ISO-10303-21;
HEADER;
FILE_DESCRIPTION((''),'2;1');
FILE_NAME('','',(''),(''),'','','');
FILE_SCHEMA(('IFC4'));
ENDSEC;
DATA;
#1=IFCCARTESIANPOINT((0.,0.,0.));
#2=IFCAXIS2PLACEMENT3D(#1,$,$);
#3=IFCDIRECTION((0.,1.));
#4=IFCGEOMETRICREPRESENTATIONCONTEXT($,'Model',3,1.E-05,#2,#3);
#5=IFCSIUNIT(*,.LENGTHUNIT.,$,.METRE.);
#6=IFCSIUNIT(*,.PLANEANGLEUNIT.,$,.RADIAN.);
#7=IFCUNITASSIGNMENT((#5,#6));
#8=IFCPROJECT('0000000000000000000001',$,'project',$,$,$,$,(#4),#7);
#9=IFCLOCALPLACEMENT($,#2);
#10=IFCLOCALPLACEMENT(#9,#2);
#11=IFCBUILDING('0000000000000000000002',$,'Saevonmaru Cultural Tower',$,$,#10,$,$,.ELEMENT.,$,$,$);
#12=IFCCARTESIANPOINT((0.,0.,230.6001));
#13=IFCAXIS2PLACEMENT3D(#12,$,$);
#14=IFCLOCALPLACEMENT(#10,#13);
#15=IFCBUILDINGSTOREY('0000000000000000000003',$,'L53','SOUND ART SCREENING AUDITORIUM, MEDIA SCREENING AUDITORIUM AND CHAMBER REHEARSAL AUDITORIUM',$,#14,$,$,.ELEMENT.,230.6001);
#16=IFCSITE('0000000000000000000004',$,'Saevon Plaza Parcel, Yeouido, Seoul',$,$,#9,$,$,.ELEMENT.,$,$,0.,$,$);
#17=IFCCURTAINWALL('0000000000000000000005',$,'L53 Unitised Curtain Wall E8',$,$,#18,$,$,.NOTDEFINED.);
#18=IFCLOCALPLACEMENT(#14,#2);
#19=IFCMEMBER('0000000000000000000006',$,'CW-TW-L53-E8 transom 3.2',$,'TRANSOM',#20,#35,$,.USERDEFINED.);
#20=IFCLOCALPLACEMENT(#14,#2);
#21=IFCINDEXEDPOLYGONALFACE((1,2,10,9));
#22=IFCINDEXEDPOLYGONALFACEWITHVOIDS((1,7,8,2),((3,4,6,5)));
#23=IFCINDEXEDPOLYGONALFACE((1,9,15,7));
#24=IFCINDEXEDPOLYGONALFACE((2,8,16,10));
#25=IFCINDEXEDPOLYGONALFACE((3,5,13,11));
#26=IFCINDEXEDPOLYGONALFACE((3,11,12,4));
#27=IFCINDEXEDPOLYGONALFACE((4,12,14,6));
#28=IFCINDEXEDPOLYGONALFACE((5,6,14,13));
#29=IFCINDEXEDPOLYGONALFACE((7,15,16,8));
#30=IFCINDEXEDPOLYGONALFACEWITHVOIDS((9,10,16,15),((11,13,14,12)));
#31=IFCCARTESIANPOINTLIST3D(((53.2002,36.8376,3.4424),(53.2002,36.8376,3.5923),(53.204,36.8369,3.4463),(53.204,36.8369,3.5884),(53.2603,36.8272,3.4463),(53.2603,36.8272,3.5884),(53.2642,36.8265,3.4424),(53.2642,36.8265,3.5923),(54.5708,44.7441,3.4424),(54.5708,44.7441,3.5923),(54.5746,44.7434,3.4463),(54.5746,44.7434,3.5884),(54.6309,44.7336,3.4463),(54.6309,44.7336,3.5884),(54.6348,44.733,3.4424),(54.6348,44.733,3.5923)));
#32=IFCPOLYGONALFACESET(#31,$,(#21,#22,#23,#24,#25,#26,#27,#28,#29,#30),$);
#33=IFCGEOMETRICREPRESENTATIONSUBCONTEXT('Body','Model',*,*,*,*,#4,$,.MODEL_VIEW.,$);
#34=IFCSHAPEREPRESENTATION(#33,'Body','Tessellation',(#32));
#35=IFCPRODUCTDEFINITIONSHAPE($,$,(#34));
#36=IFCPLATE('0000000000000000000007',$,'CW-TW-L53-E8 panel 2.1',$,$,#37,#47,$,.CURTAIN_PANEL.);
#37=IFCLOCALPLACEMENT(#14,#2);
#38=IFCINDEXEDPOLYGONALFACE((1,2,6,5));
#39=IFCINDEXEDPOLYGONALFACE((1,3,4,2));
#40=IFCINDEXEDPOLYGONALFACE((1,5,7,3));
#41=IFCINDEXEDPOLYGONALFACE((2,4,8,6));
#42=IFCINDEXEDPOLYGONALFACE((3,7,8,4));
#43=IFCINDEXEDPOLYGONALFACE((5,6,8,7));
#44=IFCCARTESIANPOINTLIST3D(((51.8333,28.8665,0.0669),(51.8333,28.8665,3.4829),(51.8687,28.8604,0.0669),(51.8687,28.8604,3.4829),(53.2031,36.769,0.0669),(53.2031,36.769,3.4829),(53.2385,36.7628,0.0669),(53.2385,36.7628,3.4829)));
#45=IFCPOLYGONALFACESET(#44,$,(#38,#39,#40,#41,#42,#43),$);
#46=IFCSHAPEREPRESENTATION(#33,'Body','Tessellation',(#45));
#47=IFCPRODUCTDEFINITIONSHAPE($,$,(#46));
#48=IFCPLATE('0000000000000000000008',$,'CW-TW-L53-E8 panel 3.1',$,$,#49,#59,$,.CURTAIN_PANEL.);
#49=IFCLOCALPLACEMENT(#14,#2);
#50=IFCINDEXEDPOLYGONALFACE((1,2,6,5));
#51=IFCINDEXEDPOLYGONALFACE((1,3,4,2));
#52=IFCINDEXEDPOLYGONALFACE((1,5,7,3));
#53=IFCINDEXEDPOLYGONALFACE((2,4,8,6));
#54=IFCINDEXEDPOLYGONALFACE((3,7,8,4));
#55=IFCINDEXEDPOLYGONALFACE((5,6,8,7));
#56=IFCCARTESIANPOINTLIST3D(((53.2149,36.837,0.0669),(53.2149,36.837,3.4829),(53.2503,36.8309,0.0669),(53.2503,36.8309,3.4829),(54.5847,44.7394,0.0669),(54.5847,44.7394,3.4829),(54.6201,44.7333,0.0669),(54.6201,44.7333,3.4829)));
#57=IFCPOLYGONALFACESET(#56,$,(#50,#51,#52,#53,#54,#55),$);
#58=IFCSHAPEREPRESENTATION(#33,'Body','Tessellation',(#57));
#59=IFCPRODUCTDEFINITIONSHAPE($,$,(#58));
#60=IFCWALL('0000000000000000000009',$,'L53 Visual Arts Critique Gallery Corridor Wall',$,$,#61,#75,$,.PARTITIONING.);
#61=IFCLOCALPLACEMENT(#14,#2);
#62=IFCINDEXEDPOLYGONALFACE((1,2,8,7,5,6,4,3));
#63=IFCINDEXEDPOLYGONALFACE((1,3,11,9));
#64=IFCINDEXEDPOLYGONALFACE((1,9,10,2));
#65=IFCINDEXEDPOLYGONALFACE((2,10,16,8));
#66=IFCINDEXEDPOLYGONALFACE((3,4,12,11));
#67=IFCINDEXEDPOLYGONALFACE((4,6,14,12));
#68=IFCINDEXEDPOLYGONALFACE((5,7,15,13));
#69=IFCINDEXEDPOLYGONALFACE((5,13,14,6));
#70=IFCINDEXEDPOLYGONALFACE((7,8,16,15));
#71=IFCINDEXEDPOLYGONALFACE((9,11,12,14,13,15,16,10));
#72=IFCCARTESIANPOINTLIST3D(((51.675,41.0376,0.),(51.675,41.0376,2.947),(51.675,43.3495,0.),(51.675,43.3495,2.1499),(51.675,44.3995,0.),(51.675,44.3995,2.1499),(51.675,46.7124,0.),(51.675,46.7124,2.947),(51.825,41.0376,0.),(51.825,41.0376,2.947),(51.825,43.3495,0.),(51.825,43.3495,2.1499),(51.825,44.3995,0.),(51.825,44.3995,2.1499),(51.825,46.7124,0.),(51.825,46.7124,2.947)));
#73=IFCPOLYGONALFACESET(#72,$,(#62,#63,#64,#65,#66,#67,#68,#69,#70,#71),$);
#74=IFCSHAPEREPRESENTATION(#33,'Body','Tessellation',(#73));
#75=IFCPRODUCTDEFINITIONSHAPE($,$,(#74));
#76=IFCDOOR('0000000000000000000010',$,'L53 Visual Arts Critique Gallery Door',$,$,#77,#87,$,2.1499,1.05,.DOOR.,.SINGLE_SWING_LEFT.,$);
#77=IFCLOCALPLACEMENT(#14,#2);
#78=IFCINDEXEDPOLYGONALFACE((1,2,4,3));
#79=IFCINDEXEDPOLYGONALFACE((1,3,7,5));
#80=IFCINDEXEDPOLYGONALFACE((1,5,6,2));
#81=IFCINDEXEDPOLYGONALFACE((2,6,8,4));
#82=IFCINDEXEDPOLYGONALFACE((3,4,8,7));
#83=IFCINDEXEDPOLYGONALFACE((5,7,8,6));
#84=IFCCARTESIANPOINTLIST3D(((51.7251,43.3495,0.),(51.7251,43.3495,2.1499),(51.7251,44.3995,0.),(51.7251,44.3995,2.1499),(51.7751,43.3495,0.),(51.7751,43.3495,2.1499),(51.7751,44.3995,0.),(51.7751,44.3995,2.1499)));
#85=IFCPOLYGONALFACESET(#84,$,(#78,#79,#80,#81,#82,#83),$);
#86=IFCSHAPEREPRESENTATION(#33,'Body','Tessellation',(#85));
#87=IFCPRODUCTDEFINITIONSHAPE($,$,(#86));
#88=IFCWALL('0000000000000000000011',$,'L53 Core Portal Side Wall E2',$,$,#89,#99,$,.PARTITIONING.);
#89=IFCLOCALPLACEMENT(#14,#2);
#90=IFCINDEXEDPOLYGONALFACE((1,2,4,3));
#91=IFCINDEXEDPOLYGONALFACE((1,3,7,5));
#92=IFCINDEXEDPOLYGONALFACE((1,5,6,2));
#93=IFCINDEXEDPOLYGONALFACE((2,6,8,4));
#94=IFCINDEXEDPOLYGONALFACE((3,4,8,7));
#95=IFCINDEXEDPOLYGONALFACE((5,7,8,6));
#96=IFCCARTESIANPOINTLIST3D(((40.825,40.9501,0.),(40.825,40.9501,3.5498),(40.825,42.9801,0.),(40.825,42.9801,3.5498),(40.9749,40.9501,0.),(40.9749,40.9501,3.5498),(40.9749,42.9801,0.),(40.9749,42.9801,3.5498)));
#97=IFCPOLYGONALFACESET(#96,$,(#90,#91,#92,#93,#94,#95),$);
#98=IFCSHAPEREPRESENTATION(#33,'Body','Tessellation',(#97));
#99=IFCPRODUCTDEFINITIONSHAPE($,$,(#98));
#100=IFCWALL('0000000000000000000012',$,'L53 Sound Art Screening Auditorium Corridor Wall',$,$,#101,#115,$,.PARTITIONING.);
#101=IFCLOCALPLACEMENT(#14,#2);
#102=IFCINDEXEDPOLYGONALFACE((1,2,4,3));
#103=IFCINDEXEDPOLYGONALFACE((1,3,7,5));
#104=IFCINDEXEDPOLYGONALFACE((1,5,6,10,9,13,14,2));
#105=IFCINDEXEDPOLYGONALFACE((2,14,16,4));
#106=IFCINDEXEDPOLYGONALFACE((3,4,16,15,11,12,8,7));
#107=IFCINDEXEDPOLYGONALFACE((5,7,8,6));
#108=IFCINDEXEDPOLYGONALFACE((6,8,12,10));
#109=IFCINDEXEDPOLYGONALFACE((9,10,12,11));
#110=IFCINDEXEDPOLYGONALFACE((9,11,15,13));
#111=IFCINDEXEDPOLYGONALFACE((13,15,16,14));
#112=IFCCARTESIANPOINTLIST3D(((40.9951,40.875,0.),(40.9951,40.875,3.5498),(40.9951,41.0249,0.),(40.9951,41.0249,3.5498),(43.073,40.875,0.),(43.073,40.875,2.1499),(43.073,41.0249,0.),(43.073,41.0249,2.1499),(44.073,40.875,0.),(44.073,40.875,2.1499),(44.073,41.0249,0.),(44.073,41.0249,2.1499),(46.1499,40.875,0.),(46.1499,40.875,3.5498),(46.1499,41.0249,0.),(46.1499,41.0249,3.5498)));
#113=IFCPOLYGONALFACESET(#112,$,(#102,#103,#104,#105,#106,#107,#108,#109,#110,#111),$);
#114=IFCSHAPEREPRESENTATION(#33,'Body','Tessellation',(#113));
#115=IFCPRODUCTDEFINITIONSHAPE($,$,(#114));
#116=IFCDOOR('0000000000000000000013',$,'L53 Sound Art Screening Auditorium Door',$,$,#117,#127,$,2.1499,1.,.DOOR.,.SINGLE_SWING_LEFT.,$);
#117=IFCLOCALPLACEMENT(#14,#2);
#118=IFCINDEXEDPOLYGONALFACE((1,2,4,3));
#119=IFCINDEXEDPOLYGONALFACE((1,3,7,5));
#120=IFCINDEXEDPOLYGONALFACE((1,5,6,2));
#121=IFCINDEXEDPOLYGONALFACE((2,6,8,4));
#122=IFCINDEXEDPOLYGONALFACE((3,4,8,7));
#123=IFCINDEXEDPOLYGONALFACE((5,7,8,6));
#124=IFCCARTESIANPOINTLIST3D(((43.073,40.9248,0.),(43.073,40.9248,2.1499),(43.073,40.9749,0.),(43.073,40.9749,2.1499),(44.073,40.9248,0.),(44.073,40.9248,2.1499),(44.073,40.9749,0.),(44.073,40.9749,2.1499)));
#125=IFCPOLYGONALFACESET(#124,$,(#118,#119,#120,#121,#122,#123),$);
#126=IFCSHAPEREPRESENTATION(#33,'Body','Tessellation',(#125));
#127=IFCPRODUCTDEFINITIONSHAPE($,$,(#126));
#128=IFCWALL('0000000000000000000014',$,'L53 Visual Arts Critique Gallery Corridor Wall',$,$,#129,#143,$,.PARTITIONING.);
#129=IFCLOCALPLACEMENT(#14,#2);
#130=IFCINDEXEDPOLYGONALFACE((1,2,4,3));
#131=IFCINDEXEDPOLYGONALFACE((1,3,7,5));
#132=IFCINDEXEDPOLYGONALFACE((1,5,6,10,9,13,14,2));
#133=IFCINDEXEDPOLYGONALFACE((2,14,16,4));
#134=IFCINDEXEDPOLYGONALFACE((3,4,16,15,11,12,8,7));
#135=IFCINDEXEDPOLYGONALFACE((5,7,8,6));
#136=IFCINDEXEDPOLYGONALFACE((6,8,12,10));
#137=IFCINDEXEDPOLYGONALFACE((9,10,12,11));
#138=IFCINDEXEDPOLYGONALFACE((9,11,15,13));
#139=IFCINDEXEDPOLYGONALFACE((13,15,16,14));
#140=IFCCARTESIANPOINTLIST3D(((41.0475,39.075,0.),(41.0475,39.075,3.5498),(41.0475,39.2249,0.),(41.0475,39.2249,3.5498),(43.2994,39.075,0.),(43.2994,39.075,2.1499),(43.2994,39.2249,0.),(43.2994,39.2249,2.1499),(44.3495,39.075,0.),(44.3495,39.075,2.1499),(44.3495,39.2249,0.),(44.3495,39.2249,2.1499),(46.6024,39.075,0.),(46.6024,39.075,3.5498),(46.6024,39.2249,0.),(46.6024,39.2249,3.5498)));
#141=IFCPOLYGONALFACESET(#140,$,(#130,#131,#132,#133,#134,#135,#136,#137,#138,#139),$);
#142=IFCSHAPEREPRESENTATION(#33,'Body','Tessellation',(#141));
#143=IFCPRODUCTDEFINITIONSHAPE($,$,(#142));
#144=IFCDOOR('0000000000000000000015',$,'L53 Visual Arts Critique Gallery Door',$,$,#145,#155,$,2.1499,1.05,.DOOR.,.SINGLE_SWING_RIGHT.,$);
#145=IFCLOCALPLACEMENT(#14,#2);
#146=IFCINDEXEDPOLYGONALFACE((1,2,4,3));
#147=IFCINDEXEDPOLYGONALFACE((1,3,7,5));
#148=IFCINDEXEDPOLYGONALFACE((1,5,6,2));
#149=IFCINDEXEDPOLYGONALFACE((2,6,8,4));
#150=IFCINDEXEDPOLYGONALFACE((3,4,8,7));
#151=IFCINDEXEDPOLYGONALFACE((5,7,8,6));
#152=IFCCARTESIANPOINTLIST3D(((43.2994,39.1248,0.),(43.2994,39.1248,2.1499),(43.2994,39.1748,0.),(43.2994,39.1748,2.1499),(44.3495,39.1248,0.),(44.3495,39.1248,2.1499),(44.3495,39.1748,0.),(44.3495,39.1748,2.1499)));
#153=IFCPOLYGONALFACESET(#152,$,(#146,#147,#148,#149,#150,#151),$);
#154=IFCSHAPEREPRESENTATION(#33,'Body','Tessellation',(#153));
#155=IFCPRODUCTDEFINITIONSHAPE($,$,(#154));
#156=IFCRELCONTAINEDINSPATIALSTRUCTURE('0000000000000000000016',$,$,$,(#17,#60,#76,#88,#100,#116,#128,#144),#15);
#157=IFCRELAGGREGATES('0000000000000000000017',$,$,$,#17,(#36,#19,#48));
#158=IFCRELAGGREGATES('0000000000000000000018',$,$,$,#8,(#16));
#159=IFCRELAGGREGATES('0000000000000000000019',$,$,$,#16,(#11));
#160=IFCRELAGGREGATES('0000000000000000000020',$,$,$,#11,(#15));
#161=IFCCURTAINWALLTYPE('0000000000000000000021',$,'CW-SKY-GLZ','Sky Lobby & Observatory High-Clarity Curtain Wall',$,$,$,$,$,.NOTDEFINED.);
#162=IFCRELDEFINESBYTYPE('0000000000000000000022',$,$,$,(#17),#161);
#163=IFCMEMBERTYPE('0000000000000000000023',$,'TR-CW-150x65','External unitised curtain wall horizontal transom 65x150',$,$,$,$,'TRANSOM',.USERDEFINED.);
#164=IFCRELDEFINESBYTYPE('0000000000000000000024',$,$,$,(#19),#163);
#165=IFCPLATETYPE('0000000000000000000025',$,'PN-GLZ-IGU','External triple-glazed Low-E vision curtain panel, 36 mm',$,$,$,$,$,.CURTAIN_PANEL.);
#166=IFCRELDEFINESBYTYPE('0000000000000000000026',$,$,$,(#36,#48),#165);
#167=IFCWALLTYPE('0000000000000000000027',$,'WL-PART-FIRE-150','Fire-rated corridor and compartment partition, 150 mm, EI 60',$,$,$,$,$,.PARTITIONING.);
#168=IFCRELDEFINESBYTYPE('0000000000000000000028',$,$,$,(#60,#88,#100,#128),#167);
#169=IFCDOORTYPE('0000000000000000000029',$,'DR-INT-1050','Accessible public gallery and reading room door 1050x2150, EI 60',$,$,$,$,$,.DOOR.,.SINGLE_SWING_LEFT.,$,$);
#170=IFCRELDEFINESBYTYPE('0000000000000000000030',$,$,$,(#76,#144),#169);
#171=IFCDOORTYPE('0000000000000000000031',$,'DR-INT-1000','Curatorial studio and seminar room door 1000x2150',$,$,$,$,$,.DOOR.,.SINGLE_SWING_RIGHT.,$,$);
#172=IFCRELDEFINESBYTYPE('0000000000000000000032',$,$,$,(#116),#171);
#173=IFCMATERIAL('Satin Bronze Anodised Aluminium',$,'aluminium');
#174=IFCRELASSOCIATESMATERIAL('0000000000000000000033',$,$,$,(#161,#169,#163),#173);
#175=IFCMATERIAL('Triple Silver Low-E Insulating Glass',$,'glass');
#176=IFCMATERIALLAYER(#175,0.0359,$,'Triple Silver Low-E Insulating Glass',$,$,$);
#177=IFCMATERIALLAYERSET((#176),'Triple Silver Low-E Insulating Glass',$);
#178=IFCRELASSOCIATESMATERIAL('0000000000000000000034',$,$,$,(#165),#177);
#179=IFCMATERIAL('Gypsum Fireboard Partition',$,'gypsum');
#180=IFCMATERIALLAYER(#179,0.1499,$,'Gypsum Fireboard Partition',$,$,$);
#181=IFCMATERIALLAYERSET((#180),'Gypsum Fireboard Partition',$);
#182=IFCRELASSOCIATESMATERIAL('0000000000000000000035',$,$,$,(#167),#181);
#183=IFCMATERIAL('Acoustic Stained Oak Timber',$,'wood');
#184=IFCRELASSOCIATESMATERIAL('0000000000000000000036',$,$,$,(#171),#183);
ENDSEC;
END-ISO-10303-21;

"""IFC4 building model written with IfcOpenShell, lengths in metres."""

from ifc_helpers import new_model, si_unit, direction, frame, frame_2d, origin, origin_2d, place, context, subcontext, project, spatial, rectangle, hollow_rectangle, extrude, material, layer, layer_set, material_profile, profile_set, type_object, element, fill, aggregate, save


model = new_model("IFC4")

# Units and contexts
model_context = context("Model", 3, precision=1e-05, world=origin(), true_north=direction((0.0, 1.0)))
body_context = subcontext(model_context, "Body", "Model", "MODEL_VIEW")
ifc_project = project(units=[si_unit("LENGTHUNIT", "METRE"), si_unit("PLANEANGLEUNIT", "RADIAN")], contexts=[model_context])

# Site, building, storey
site_placement = place(None, origin())
site = spatial("IfcSite", under=ifc_project, at=site_placement, Name="Saevon Plaza Parcel, Yeouido, Seoul", CompositionType="ELEMENT", RefElevation=0.0)
building_placement = place(site_placement, origin())
building = spatial("IfcBuilding", under=site, at=building_placement, Name="Saevonmaru Cultural Tower", CompositionType="ELEMENT")
storey_placement = place(building_placement, frame((0.0, 0.0, 230.6001)))
storey = spatial("IfcBuildingStorey", under=building, at=storey_placement, Name="L53", Description="SOUND ART SCREENING AUDITORIUM, MEDIA SCREENING AUDITORIUM AND CHAMBER REHEARSAL AUDITORIUM", CompositionType="ELEMENT", Elevation=230.6001)

# Curtain wall, member, plates
ifc_material_1 = material(Name="Satin Bronze Anodised Aluminium", Category="aluminium")
curtain_wall_type = type_object("IfcCurtainWallType", Name="CW-SKY-GLZ", Description="Sky Lobby & Observatory High-Clarity Curtain Wall", PredefinedType="NOTDEFINED", material=ifc_material_1)
curtain_wall_placement = place(storey_placement, origin())
curtain_wall = element("IfcCurtainWall", 1, at=curtain_wall_placement, inside=storey, type_object=curtain_wall_type, Name="L53 Unitised Curtain Wall E8", PredefinedType="NOTDEFINED")
ifc_material_profile_1 = material_profile(ifc_material_1, hollow_rectangle(XDim=0.0649, YDim=0.1499, WallThickness=0.0039, at=origin_2d()), Name="ALU-TRAN-150x65x4")
ifc_profile_set_1 = profile_set([ifc_material_profile_1], Name="Satin Bronze Anodised Aluminium")
member_type_1 = type_object("IfcMemberType", Name="TR-CW-150x65", Description="External unitised curtain wall horizontal transom 65x150", ElementType="TRANSOM", PredefinedType="USERDEFINED", material=ifc_profile_set_1)
member_1_placement = place(storey_placement, frame((53.2322, 36.832, 3.5173), z_axis=(0.170804, 0.985305, 0.0), x_axis=(-0.985305, 0.170804, 0.0)))
member_1 = element("IfcMember", 2, at=member_1_placement, type_object=member_type_1, Name="CW-TW-L53-E8 transom 3.2", ObjectType="TRANSOM", PredefinedType="USERDEFINED", context=body_context, shape_type="SweptSolid", body=[
    extrude(hollow_rectangle(XDim=0.0649, YDim=0.1499, WallThickness=0.0039, at=origin_2d()), origin(), (0.0, 0.0, 1.0), 8.0244),
])
ifc_material_2 = material(Name="Triple Silver Low-E Insulating Glass", Category="glass")
ifc_layer_1 = layer(ifc_material_2, 0.0359, Name="Triple Silver Low-E Insulating Glass")
ifc_layer_set_1 = layer_set([ifc_layer_1], Name="Triple Silver Low-E Insulating Glass")
plate_type = type_object("IfcPlateType", Name="PN-GLZ-IGU", Description="External triple-glazed Low-E vision curtain panel, 36 mm", PredefinedType="CURTAIN_PANEL", material=ifc_layer_set_1)
plate_1_placement = place(storey_placement, frame((52.5359, 32.8147, 0.0669), z_axis=(0.0, 0.0, 1.0), x_axis=(0.17079, 0.985307, 0.0)))
plate_1 = element("IfcPlate", 3, at=plate_1_placement, type_object=plate_type, Name="CW-TW-L53-E8 panel 2.1", PredefinedType="CURTAIN_PANEL", context=body_context, shape_type="SweptSolid", body=[
    extrude(rectangle(XDim=8.0203, YDim=0.0359, at=origin_2d()), origin(), (0.0, 0.0, 1.0), 3.416),
])
plate_2_placement = place(storey_placement, frame((53.9175, 40.7852, 0.0669), z_axis=(0.0, 0.0, 1.0), x_axis=(0.17079, 0.985307, 0.0)))
plate_2 = element("IfcPlate", 4, at=plate_2_placement, type_object=plate_type, Name="CW-TW-L53-E8 panel 3.1", PredefinedType="CURTAIN_PANEL", context=body_context, shape_type="SweptSolid", body=[
    extrude(rectangle(XDim=8.0203, YDim=0.0359, at=origin_2d()), origin(), (0.0, 0.0, 1.0), 3.416),
])
aggregate(curtain_wall, [plate_1, member_1, plate_2])

# Wall, opening, door
ifc_material_3 = material(Name="Gypsum Fireboard Partition", Category="gypsum")
ifc_layer_2 = layer(ifc_material_3, 0.1499, Name="Gypsum Fireboard Partition")
ifc_layer_set_2 = layer_set([ifc_layer_2], Name="Gypsum Fireboard Partition")
wall_type_1 = type_object("IfcWallType", Name="WL-PART-FIRE-150", Description="Fire-rated corridor and compartment partition, 150 mm, EI 60", PredefinedType="PARTITIONING", material=ifc_layer_set_2)
wall_1_placement = place(storey_placement, frame((51.75, 41.0376, 0.0), z_axis=(0.0, 0.0, 1.0), x_axis=(0.0, 1.0, 0.0)))
wall_1 = element("IfcWall", 5, at=wall_1_placement, inside=storey, type_object=wall_type_1, Name="L53 Visual Arts Critique Gallery Corridor Wall", PredefinedType="PARTITIONING", context=body_context, shape_type="SweptSolid", body=[
    extrude(rectangle(XDim=5.6748, YDim=0.1499, at=frame_2d((2.8374, 0.0))), origin(), (0.0, 0.0, 1.0), 2.947),
])
opening_1_placement = place(wall_1_placement, frame((2.312, 0.0, 0.0)))
opening_1 = element("IfcOpeningElement", 6, at=opening_1_placement, cuts=wall_1, PredefinedType="OPENING", context=body_context, shape_type="SweptSolid", body=[
    extrude(rectangle(XDim=1.05, YDim=2.1499, at=frame_2d((0.5249, 1.075))), frame((0.0, 0.085, 0.0), z_axis=(0.0, -1.0, 0.0), x_axis=(1.0, 0.0, 0.0)), (0.0, 0.0, 1.0), 0.1699),
])
door_type_1 = type_object("IfcDoorType", Name="DR-INT-1050", Description="Accessible public gallery and reading room door 1050x2150, EI 60", OperationType="SINGLE_SWING_LEFT", PredefinedType="DOOR", material=ifc_material_1)
door_1_placement = place(opening_1_placement, origin())
door_1 = element("IfcDoor", 7, at=door_1_placement, inside=storey, type_object=door_type_1, Name="L53 Visual Arts Critique Gallery Door", OperationType="SINGLE_SWING_LEFT", OverallHeight=2.1499, OverallWidth=1.05, PredefinedType="DOOR", context=body_context, shape_type="SweptSolid", body=[
    extrude(rectangle(XDim=1.05, YDim=2.1499, at=frame_2d((0.5249, 1.075))), frame((0.0, 0.0249, 0.0), z_axis=(0.0, -1.0, 0.0), x_axis=(1.0, 0.0, 0.0)), (0.0, 0.0, 1.0), 0.05),
])
fill(opening_1, door_1)

# Wall
wall_2_placement = place(storey_placement, frame((40.8999, 40.95, 0.0), z_axis=(0.0, 0.0, 1.0), x_axis=(0.0, 1.0, 0.0)))
element("IfcWall", 8, at=wall_2_placement, inside=storey, type_object=wall_type_1, Name="L53 Core Portal Side Wall E2", PredefinedType="PARTITIONING", context=body_context, shape_type="SweptSolid", body=[
    extrude(rectangle(XDim=2.03, YDim=0.1499, at=frame_2d((1.0151, 0.0))), origin(), (0.0, 0.0, 1.0), 3.5498),
])

# Walls, openings, doors
wall_3_placement = place(storey_placement, frame((40.9951, 40.95, 0.0), z_axis=(0.0, 0.0, 1.0), x_axis=(1.0, 0.0, 0.0)))
wall_3 = element("IfcWall", 9, at=wall_3_placement, inside=storey, type_object=wall_type_1, Name="L53 Sound Art Screening Auditorium Corridor Wall", PredefinedType="PARTITIONING", context=body_context, shape_type="SweptSolid", body=[
    extrude(rectangle(XDim=5.1548, YDim=0.1499, at=frame_2d((2.5774, 0.0))), origin(), (0.0, 0.0, 1.0), 3.5498),
])
opening_2_placement = place(wall_3_placement, frame((2.0779, 0.0, 0.0)))
opening_2 = element("IfcOpeningElement", 10, at=opening_2_placement, cuts=wall_3, PredefinedType="OPENING", context=body_context, shape_type="SweptSolid", body=[
    extrude(rectangle(XDim=1.0, YDim=2.1499, at=frame_2d((0.5, 1.075))), frame((0.0, 0.085, 0.0), z_axis=(0.0, -1.0, 0.0), x_axis=(1.0, 0.0, 0.0)), (0.0, 0.0, 1.0), 0.1699),
])
ifc_material_4 = material(Name="Acoustic Stained Oak Timber", Category="wood")
door_type_2 = type_object("IfcDoorType", Name="DR-INT-1000", Description="Curatorial studio and seminar room door 1000x2150", OperationType="SINGLE_SWING_RIGHT", PredefinedType="DOOR", material=ifc_material_4)
door_2_placement = place(opening_2_placement, origin())
door_2 = element("IfcDoor", 11, at=door_2_placement, inside=storey, type_object=door_type_2, Name="L53 Sound Art Screening Auditorium Door", OperationType="SINGLE_SWING_LEFT", OverallHeight=2.1499, OverallWidth=1.0, PredefinedType="DOOR", context=body_context, shape_type="SweptSolid", body=[
    extrude(rectangle(XDim=1.0, YDim=2.1499, at=frame_2d((0.5, 1.075))), frame((0.0, 0.0249, 0.0), z_axis=(0.0, -1.0, 0.0), x_axis=(1.0, 0.0, 0.0)), (0.0, 0.0, 1.0), 0.05),
])
fill(opening_2, door_2)
wall_4_placement = place(storey_placement, frame((41.0476, 39.1499, 0.0), z_axis=(0.0, 0.0, 1.0), x_axis=(1.0, 0.0, 0.0)))
wall_4 = element("IfcWall", 12, at=wall_4_placement, inside=storey, type_object=wall_type_1, Name="L53 Visual Arts Critique Gallery Corridor Wall", PredefinedType="PARTITIONING", context=body_context, shape_type="SweptSolid", body=[
    extrude(rectangle(XDim=5.5549, YDim=0.1499, at=frame_2d((2.7773, 0.0))), origin(), (0.0, 0.0, 1.0), 3.5498),
])
opening_3_placement = place(wall_4_placement, frame((2.252, 0.0, 0.0)))
opening_3 = element("IfcOpeningElement", 13, at=opening_3_placement, cuts=wall_4, PredefinedType="OPENING", context=body_context, shape_type="SweptSolid", body=[
    extrude(rectangle(XDim=1.05, YDim=2.1499, at=frame_2d((0.5249, 1.075))), frame((0.0, 0.085, 0.0), z_axis=(0.0, -1.0, 0.0), x_axis=(1.0, 0.0, 0.0)), (0.0, 0.0, 1.0), 0.1699),
])
door_3_placement = place(opening_3_placement, origin())
door_3 = element("IfcDoor", 14, at=door_3_placement, inside=storey, type_object=door_type_1, Name="L53 Visual Arts Critique Gallery Door", OperationType="SINGLE_SWING_RIGHT", OverallHeight=2.1499, OverallWidth=1.05, PredefinedType="DOOR", context=body_context, shape_type="SweptSolid", body=[
    extrude(rectangle(XDim=1.05, YDim=2.1499, at=frame_2d((0.5249, 1.075))), frame((0.0, 0.0249, 0.0), z_axis=(0.0, -1.0, 0.0), x_axis=(1.0, 0.0, 0.0)), (0.0, 0.0, 1.0), 0.05),
])
fill(opening_3, door_3)

save(model, "model.ifc")
